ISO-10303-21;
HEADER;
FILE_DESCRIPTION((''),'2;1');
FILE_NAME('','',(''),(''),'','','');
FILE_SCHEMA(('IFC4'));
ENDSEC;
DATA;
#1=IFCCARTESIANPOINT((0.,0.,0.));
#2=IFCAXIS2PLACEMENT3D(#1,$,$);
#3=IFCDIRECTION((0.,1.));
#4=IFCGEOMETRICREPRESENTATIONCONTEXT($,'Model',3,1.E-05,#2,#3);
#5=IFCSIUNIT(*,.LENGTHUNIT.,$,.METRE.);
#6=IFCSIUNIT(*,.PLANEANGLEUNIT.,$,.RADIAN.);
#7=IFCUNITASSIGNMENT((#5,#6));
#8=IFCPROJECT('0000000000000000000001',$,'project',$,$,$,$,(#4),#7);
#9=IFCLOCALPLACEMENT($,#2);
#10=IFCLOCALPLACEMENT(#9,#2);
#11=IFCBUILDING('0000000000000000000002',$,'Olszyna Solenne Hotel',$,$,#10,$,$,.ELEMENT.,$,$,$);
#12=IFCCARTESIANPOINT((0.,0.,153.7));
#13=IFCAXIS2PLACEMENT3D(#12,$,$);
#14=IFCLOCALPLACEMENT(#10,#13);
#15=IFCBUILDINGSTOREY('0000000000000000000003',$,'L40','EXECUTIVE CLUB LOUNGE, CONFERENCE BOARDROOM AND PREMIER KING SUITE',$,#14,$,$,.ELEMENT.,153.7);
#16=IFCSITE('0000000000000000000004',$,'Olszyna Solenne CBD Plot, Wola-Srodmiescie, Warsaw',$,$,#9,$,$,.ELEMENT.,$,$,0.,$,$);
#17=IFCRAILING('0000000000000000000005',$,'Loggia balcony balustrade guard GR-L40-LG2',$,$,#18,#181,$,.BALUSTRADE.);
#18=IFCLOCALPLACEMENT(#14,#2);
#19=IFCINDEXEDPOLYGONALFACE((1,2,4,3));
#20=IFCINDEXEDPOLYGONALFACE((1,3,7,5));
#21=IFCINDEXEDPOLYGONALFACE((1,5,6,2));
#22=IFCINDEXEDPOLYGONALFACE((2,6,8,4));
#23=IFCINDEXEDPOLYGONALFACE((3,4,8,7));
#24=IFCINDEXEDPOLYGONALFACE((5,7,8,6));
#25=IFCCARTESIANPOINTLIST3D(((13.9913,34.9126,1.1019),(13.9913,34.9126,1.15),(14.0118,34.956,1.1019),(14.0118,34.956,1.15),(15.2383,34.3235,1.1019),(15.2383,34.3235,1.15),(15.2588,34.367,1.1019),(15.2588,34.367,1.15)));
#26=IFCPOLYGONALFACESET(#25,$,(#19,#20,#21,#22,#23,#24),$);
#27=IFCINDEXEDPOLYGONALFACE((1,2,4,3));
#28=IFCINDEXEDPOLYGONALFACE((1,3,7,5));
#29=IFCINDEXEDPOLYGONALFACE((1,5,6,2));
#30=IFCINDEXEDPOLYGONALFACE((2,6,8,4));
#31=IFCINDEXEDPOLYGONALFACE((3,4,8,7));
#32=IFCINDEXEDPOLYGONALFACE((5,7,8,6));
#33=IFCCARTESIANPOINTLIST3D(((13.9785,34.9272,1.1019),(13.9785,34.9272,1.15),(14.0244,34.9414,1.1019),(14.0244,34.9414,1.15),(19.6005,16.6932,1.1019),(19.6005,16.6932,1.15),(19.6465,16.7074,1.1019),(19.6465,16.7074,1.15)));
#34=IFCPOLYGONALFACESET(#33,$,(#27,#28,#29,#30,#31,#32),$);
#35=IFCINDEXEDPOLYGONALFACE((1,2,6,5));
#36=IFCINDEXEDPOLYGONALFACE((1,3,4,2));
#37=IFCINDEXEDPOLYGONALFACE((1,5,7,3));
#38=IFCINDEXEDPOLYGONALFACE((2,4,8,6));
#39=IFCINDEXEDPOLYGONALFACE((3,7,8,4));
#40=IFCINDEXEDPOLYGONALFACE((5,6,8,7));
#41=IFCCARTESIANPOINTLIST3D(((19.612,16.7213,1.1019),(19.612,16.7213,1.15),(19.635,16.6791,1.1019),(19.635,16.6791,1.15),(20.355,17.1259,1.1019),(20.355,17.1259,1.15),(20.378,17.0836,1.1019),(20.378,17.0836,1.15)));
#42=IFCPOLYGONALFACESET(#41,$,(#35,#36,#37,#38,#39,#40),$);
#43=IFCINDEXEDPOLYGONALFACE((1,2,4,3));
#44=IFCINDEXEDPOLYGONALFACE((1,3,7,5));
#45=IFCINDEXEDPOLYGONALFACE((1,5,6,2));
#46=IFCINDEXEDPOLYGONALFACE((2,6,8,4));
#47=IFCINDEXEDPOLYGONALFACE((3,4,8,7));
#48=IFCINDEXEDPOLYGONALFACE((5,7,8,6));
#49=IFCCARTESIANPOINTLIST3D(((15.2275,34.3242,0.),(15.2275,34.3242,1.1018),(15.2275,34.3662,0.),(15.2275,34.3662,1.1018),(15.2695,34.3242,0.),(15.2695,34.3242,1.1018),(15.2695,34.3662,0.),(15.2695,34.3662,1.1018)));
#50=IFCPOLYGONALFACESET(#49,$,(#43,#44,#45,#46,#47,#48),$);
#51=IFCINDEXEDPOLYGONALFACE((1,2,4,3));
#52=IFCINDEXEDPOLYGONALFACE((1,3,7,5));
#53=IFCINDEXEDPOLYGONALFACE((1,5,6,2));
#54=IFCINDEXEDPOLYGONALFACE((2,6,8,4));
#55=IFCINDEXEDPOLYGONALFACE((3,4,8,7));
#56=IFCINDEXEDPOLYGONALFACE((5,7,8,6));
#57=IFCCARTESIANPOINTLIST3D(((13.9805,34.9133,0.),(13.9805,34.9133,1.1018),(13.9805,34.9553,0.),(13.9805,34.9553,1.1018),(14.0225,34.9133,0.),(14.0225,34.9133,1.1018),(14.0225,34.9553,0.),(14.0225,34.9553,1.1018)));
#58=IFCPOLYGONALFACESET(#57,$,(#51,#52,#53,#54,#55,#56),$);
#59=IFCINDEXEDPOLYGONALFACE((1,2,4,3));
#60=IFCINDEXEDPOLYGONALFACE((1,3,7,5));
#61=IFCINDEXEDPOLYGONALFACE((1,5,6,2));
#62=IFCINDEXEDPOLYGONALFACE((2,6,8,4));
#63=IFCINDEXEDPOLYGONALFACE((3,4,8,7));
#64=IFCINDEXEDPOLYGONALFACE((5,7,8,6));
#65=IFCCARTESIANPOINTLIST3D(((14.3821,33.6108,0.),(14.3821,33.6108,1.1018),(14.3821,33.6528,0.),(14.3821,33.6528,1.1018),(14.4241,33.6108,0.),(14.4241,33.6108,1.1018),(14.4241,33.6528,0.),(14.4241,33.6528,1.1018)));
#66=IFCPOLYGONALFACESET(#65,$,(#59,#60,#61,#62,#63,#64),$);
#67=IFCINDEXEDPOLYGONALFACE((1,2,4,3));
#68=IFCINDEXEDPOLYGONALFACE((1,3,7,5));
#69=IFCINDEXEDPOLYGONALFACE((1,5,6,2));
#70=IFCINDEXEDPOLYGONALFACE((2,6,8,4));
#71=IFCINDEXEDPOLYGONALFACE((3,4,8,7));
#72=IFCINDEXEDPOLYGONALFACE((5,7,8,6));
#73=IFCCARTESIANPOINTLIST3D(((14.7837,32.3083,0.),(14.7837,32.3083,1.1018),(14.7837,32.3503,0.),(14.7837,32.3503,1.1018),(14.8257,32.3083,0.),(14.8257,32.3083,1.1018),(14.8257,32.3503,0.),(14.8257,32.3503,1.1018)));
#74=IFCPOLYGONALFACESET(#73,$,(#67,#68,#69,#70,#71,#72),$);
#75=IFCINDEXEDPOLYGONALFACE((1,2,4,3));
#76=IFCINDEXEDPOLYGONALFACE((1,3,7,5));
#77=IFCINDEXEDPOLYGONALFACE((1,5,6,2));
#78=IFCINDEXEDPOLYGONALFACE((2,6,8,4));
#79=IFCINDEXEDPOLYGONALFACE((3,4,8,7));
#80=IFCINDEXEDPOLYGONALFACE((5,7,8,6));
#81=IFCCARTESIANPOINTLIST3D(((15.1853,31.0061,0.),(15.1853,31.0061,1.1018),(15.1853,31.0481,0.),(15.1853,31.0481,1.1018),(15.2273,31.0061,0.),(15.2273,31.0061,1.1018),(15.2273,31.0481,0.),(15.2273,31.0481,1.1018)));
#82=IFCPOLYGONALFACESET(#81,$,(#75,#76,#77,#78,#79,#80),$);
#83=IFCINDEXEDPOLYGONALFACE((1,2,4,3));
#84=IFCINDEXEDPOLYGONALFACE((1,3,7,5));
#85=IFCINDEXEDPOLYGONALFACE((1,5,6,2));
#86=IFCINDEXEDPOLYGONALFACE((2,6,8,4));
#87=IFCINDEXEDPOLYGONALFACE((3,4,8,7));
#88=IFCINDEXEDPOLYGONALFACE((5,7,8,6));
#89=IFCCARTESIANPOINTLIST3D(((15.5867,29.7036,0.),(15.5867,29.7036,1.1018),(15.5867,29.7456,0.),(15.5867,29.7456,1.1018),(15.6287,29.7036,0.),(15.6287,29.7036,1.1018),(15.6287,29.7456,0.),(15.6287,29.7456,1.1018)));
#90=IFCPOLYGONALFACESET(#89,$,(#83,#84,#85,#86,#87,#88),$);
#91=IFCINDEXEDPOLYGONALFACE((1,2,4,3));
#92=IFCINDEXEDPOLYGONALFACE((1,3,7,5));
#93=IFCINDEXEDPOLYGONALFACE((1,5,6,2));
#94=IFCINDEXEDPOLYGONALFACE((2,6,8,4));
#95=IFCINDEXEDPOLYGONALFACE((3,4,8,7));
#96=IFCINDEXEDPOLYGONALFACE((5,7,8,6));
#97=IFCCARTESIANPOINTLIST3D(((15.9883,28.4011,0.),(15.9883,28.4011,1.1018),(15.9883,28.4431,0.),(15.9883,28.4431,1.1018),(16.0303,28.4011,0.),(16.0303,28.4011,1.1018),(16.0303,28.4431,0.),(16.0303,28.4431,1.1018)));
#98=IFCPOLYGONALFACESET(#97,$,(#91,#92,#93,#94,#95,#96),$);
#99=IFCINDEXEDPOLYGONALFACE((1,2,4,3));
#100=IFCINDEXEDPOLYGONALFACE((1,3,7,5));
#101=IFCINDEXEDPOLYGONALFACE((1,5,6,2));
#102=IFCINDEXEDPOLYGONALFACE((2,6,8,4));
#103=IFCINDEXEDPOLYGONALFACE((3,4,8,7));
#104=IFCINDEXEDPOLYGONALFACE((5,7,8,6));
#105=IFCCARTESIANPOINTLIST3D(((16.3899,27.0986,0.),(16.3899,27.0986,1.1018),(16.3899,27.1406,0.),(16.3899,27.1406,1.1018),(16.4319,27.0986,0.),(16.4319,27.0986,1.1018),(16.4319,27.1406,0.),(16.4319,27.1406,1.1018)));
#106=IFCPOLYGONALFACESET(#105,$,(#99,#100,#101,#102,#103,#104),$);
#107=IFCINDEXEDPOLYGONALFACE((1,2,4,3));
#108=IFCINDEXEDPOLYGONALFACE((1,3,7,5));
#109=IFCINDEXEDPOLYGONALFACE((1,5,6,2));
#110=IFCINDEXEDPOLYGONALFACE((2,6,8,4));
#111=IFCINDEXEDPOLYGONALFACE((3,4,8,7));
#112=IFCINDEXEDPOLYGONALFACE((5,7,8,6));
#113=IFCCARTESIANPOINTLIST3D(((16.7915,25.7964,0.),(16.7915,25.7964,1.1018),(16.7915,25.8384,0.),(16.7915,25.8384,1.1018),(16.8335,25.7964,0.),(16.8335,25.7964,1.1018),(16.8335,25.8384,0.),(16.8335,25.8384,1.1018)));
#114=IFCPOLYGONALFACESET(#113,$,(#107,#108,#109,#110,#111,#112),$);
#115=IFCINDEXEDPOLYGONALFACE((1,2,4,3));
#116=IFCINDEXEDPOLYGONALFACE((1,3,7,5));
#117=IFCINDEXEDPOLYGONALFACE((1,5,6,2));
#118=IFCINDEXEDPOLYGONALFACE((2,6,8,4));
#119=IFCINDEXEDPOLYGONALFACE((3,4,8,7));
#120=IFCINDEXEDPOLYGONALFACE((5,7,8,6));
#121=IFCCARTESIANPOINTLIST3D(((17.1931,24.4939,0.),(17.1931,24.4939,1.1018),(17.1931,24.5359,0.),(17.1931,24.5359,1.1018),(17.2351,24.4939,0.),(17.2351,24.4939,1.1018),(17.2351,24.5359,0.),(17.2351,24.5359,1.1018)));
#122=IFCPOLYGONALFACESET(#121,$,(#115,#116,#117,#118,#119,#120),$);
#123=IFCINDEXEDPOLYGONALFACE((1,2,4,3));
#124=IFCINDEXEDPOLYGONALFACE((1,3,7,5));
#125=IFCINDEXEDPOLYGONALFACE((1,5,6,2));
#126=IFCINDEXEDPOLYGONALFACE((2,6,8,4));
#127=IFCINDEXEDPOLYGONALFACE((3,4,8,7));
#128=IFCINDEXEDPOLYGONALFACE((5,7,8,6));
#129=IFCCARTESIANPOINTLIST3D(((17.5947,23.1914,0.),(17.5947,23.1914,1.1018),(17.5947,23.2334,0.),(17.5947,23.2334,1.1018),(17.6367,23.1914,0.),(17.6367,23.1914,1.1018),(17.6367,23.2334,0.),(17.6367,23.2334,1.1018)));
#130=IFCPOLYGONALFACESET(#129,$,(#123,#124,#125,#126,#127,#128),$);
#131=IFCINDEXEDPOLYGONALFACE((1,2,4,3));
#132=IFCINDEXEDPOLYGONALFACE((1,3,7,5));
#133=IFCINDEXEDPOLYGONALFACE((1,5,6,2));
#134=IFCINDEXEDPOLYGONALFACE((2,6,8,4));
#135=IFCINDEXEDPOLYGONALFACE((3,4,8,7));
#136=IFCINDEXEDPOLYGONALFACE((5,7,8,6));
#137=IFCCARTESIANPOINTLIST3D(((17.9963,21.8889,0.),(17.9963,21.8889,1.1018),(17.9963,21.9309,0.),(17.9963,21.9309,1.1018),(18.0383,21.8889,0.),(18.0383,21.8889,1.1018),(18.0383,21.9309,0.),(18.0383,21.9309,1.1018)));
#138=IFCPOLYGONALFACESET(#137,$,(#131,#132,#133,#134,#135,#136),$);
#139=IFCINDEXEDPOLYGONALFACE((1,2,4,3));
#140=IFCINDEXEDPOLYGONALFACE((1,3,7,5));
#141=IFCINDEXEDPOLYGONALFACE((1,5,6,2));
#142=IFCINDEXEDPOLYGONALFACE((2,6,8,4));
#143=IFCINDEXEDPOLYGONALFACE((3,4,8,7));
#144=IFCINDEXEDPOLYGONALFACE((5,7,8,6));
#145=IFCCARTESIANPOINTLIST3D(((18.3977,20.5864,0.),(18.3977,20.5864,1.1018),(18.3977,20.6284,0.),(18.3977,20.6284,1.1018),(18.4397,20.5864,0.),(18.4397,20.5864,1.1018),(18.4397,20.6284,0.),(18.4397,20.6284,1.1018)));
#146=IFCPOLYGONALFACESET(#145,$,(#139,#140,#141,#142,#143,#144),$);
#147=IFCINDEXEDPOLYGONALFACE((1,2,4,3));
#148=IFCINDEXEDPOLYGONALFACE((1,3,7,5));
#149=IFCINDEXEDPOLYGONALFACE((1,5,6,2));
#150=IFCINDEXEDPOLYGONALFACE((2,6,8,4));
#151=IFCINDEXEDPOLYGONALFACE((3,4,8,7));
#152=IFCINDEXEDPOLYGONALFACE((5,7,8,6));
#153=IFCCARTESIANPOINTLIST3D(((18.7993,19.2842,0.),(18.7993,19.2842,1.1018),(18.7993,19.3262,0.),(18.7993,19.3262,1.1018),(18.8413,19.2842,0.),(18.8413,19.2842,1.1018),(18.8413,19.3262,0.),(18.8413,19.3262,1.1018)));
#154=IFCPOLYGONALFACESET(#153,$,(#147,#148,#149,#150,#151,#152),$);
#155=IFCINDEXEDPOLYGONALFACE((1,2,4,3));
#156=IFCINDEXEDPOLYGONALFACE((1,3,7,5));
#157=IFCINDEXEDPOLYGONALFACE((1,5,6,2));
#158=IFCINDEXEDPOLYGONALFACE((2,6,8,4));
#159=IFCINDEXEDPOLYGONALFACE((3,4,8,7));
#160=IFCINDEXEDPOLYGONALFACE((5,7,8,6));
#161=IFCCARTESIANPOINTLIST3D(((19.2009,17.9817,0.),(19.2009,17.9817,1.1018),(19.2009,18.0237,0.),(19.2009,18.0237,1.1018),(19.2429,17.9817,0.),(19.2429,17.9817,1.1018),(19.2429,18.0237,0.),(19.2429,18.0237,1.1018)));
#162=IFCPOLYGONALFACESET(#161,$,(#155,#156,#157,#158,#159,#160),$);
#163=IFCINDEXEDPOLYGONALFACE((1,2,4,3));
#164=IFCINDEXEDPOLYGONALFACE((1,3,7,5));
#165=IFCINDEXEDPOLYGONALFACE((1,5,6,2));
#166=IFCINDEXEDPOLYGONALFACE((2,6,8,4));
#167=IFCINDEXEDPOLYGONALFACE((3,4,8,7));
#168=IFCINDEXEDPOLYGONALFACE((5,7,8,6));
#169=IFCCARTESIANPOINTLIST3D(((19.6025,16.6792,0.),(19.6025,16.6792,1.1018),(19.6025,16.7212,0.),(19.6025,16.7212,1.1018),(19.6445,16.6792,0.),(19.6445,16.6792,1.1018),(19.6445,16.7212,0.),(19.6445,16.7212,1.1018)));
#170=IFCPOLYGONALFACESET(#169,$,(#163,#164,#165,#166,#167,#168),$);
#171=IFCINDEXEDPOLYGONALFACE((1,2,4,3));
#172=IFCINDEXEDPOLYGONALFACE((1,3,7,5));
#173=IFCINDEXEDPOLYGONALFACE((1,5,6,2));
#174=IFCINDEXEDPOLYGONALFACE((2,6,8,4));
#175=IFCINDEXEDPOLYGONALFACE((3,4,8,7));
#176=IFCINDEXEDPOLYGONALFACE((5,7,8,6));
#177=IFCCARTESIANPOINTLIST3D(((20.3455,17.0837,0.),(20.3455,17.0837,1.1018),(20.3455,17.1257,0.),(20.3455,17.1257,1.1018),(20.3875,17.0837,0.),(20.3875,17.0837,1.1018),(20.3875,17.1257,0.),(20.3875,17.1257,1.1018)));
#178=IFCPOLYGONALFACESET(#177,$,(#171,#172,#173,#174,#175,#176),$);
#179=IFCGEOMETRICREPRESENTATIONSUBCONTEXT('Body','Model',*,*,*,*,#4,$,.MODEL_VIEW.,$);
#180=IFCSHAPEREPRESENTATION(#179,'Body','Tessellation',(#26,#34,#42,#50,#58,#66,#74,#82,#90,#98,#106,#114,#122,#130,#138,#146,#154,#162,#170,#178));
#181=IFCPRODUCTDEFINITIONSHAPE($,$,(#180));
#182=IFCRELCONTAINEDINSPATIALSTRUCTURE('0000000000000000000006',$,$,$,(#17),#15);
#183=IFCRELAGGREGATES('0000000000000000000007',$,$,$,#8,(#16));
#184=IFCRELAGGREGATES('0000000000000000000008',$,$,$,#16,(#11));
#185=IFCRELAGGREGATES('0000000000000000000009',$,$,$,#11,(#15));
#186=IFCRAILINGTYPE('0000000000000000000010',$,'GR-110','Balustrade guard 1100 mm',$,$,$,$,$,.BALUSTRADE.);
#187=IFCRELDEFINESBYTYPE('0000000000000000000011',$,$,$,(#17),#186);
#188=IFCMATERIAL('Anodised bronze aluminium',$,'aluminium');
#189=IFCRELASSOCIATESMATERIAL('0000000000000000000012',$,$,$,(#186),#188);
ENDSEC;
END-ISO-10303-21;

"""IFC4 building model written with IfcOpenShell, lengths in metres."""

from ifc_helpers import new_model, si_unit, direction, frame, origin, origin_2d, place, context, subcontext, project, spatial, rectangle, extrude, material, type_object, element, save


model = new_model("IFC4")

# Units and contexts
model_context = context("Model", 3, precision=1e-05, world=origin(), true_north=direction((0.0, 1.0)))
body_context = subcontext(model_context, "Body", "Model", "MODEL_VIEW")
ifc_project = project(units=[si_unit("LENGTHUNIT", "METRE"), si_unit("PLANEANGLEUNIT", "RADIAN")], contexts=[model_context])

# Site, building, storey
site_placement = place(None, origin())
site = spatial("IfcSite", under=ifc_project, at=site_placement, Name="Olszyna Solenne CBD Plot, Wola-Srodmiescie, Warsaw", CompositionType="ELEMENT", RefElevation=0.0)
building_placement = place(site_placement, origin())
building = spatial("IfcBuilding", under=site, at=building_placement, Name="Olszyna Solenne Hotel", CompositionType="ELEMENT")
storey_placement = place(building_placement, frame((0.0, 0.0, 153.7)))
storey = spatial("IfcBuildingStorey", under=building, at=storey_placement, Name="L40", Description="EXECUTIVE CLUB LOUNGE, CONFERENCE BOARDROOM AND PREMIER KING SUITE", CompositionType="ELEMENT", Elevation=153.7)

# Railing
ifc_material_1 = material(Name="Anodised bronze aluminium", Category="aluminium")
railing_type = type_object("IfcRailingType", Name="GR-110", Description="Balustrade guard 1100 mm", PredefinedType="BALUSTRADE", material=ifc_material_1)
railing_placement = place(storey_placement, frame((15.2485, 34.3452, 0.0)))
element("IfcRailing", 1, at=railing_placement, inside=storey, type_object=railing_type, Name="Loggia balcony balustrade guard GR-L40-LG2", PredefinedType="BALUSTRADE", context=body_context, shape_type="SweptSolid", body=[
    extrude(rectangle(XDim=0.0481, YDim=0.0481, at=origin_2d()), frame((0.0, 0.0, 1.126), z_axis=(-0.904188, 0.427135, 0.0), x_axis=(-0.427135, -0.904188, 0.0)), (0.0, 0.0, 1.0), 1.3792),
    extrude(rectangle(XDim=0.0481, YDim=0.0481, at=origin_2d()), frame((-1.2471, 0.5891, 1.126), z_axis=(0.29464, -0.955608, 0.0), x_axis=(0.955608, 0.29464, 0.0)), (0.0, 0.0, 1.0), 19.0811),
    extrude(rectangle(XDim=0.0481, YDim=0.0481, at=origin_2d()), frame((4.375, -17.645, 1.126), z_axis=(0.878237, 0.478225, 0.0), x_axis=(-0.478225, 0.878237, 0.0)), (0.0, 0.0, 1.0), 0.8459),
    extrude(rectangle(XDim=0.042, YDim=0.042, at=origin_2d()), origin(), (0.0, 0.0, 1.0), 1.1018),
    extrude(rectangle(XDim=0.042, YDim=0.042, at=origin_2d()), frame((-1.2471, 0.5891, 0.0)), (0.0, 0.0, 1.0), 1.1018),
    extrude(rectangle(XDim=0.042, YDim=0.042, at=origin_2d()), frame((-0.8455, -0.7134, 0.0)), (0.0, 0.0, 1.0), 1.1018),
    extrude(rectangle(XDim=0.042, YDim=0.042, at=origin_2d()), frame((-0.4438, -2.0159, 0.0)), (0.0, 0.0, 1.0), 1.1018),
    extrude(rectangle(XDim=0.042, YDim=0.042, at=origin_2d()), frame((-0.0422, -3.3181, 0.0)), (0.0, 0.0, 1.0), 1.1018),
    extrude(rectangle(XDim=0.042, YDim=0.042, at=origin_2d()), frame((0.3591, -4.6206, 0.0)), (0.0, 0.0, 1.0), 1.1018),
    extrude(rectangle(XDim=0.042, YDim=0.042, at=origin_2d()), frame((0.7607, -5.9231, 0.0)), (0.0, 0.0, 1.0), 1.1018),
    extrude(rectangle(XDim=0.042, YDim=0.042, at=origin_2d()), frame((1.1624, -7.2256, 0.0)), (0.0, 0.0, 1.0), 1.1018),
    extrude(rectangle(XDim=0.042, YDim=0.042, at=origin_2d()), frame((1.564, -8.5278, 0.0)), (0.0, 0.0, 1.0), 1.1018),
    extrude(rectangle(XDim=0.042, YDim=0.042, at=origin_2d()), frame((1.9656, -9.8303, 0.0)), (0.0, 0.0, 1.0), 1.1018),
    extrude(rectangle(XDim=0.042, YDim=0.042, at=origin_2d()), frame((2.3672, -11.1328, 0.0)), (0.0, 0.0, 1.0), 1.1018),
    extrude(rectangle(XDim=0.042, YDim=0.042, at=origin_2d()), frame((2.7688, -12.4353, 0.0)), (0.0, 0.0, 1.0), 1.1018),
    extrude(rectangle(XDim=0.042, YDim=0.042, at=origin_2d()), frame((3.1702, -13.7378, 0.0)), (0.0, 0.0, 1.0), 1.1018),
    extrude(rectangle(XDim=0.042, YDim=0.042, at=origin_2d()), frame((3.5718, -15.04, 0.0)), (0.0, 0.0, 1.0), 1.1018),
    extrude(rectangle(XDim=0.042, YDim=0.042, at=origin_2d()), frame((3.9734, -16.3425, 0.0)), (0.0, 0.0, 1.0), 1.1018),
    extrude(rectangle(XDim=0.042, YDim=0.042, at=origin_2d()), frame((4.375, -17.645, 0.0)), (0.0, 0.0, 1.0), 1.1018),
    extrude(rectangle(XDim=0.042, YDim=0.042, at=origin_2d()), frame((5.1179, -17.2405, 0.0)), (0.0, 0.0, 1.0), 1.1018),
])

save(model, "model.ifc")
